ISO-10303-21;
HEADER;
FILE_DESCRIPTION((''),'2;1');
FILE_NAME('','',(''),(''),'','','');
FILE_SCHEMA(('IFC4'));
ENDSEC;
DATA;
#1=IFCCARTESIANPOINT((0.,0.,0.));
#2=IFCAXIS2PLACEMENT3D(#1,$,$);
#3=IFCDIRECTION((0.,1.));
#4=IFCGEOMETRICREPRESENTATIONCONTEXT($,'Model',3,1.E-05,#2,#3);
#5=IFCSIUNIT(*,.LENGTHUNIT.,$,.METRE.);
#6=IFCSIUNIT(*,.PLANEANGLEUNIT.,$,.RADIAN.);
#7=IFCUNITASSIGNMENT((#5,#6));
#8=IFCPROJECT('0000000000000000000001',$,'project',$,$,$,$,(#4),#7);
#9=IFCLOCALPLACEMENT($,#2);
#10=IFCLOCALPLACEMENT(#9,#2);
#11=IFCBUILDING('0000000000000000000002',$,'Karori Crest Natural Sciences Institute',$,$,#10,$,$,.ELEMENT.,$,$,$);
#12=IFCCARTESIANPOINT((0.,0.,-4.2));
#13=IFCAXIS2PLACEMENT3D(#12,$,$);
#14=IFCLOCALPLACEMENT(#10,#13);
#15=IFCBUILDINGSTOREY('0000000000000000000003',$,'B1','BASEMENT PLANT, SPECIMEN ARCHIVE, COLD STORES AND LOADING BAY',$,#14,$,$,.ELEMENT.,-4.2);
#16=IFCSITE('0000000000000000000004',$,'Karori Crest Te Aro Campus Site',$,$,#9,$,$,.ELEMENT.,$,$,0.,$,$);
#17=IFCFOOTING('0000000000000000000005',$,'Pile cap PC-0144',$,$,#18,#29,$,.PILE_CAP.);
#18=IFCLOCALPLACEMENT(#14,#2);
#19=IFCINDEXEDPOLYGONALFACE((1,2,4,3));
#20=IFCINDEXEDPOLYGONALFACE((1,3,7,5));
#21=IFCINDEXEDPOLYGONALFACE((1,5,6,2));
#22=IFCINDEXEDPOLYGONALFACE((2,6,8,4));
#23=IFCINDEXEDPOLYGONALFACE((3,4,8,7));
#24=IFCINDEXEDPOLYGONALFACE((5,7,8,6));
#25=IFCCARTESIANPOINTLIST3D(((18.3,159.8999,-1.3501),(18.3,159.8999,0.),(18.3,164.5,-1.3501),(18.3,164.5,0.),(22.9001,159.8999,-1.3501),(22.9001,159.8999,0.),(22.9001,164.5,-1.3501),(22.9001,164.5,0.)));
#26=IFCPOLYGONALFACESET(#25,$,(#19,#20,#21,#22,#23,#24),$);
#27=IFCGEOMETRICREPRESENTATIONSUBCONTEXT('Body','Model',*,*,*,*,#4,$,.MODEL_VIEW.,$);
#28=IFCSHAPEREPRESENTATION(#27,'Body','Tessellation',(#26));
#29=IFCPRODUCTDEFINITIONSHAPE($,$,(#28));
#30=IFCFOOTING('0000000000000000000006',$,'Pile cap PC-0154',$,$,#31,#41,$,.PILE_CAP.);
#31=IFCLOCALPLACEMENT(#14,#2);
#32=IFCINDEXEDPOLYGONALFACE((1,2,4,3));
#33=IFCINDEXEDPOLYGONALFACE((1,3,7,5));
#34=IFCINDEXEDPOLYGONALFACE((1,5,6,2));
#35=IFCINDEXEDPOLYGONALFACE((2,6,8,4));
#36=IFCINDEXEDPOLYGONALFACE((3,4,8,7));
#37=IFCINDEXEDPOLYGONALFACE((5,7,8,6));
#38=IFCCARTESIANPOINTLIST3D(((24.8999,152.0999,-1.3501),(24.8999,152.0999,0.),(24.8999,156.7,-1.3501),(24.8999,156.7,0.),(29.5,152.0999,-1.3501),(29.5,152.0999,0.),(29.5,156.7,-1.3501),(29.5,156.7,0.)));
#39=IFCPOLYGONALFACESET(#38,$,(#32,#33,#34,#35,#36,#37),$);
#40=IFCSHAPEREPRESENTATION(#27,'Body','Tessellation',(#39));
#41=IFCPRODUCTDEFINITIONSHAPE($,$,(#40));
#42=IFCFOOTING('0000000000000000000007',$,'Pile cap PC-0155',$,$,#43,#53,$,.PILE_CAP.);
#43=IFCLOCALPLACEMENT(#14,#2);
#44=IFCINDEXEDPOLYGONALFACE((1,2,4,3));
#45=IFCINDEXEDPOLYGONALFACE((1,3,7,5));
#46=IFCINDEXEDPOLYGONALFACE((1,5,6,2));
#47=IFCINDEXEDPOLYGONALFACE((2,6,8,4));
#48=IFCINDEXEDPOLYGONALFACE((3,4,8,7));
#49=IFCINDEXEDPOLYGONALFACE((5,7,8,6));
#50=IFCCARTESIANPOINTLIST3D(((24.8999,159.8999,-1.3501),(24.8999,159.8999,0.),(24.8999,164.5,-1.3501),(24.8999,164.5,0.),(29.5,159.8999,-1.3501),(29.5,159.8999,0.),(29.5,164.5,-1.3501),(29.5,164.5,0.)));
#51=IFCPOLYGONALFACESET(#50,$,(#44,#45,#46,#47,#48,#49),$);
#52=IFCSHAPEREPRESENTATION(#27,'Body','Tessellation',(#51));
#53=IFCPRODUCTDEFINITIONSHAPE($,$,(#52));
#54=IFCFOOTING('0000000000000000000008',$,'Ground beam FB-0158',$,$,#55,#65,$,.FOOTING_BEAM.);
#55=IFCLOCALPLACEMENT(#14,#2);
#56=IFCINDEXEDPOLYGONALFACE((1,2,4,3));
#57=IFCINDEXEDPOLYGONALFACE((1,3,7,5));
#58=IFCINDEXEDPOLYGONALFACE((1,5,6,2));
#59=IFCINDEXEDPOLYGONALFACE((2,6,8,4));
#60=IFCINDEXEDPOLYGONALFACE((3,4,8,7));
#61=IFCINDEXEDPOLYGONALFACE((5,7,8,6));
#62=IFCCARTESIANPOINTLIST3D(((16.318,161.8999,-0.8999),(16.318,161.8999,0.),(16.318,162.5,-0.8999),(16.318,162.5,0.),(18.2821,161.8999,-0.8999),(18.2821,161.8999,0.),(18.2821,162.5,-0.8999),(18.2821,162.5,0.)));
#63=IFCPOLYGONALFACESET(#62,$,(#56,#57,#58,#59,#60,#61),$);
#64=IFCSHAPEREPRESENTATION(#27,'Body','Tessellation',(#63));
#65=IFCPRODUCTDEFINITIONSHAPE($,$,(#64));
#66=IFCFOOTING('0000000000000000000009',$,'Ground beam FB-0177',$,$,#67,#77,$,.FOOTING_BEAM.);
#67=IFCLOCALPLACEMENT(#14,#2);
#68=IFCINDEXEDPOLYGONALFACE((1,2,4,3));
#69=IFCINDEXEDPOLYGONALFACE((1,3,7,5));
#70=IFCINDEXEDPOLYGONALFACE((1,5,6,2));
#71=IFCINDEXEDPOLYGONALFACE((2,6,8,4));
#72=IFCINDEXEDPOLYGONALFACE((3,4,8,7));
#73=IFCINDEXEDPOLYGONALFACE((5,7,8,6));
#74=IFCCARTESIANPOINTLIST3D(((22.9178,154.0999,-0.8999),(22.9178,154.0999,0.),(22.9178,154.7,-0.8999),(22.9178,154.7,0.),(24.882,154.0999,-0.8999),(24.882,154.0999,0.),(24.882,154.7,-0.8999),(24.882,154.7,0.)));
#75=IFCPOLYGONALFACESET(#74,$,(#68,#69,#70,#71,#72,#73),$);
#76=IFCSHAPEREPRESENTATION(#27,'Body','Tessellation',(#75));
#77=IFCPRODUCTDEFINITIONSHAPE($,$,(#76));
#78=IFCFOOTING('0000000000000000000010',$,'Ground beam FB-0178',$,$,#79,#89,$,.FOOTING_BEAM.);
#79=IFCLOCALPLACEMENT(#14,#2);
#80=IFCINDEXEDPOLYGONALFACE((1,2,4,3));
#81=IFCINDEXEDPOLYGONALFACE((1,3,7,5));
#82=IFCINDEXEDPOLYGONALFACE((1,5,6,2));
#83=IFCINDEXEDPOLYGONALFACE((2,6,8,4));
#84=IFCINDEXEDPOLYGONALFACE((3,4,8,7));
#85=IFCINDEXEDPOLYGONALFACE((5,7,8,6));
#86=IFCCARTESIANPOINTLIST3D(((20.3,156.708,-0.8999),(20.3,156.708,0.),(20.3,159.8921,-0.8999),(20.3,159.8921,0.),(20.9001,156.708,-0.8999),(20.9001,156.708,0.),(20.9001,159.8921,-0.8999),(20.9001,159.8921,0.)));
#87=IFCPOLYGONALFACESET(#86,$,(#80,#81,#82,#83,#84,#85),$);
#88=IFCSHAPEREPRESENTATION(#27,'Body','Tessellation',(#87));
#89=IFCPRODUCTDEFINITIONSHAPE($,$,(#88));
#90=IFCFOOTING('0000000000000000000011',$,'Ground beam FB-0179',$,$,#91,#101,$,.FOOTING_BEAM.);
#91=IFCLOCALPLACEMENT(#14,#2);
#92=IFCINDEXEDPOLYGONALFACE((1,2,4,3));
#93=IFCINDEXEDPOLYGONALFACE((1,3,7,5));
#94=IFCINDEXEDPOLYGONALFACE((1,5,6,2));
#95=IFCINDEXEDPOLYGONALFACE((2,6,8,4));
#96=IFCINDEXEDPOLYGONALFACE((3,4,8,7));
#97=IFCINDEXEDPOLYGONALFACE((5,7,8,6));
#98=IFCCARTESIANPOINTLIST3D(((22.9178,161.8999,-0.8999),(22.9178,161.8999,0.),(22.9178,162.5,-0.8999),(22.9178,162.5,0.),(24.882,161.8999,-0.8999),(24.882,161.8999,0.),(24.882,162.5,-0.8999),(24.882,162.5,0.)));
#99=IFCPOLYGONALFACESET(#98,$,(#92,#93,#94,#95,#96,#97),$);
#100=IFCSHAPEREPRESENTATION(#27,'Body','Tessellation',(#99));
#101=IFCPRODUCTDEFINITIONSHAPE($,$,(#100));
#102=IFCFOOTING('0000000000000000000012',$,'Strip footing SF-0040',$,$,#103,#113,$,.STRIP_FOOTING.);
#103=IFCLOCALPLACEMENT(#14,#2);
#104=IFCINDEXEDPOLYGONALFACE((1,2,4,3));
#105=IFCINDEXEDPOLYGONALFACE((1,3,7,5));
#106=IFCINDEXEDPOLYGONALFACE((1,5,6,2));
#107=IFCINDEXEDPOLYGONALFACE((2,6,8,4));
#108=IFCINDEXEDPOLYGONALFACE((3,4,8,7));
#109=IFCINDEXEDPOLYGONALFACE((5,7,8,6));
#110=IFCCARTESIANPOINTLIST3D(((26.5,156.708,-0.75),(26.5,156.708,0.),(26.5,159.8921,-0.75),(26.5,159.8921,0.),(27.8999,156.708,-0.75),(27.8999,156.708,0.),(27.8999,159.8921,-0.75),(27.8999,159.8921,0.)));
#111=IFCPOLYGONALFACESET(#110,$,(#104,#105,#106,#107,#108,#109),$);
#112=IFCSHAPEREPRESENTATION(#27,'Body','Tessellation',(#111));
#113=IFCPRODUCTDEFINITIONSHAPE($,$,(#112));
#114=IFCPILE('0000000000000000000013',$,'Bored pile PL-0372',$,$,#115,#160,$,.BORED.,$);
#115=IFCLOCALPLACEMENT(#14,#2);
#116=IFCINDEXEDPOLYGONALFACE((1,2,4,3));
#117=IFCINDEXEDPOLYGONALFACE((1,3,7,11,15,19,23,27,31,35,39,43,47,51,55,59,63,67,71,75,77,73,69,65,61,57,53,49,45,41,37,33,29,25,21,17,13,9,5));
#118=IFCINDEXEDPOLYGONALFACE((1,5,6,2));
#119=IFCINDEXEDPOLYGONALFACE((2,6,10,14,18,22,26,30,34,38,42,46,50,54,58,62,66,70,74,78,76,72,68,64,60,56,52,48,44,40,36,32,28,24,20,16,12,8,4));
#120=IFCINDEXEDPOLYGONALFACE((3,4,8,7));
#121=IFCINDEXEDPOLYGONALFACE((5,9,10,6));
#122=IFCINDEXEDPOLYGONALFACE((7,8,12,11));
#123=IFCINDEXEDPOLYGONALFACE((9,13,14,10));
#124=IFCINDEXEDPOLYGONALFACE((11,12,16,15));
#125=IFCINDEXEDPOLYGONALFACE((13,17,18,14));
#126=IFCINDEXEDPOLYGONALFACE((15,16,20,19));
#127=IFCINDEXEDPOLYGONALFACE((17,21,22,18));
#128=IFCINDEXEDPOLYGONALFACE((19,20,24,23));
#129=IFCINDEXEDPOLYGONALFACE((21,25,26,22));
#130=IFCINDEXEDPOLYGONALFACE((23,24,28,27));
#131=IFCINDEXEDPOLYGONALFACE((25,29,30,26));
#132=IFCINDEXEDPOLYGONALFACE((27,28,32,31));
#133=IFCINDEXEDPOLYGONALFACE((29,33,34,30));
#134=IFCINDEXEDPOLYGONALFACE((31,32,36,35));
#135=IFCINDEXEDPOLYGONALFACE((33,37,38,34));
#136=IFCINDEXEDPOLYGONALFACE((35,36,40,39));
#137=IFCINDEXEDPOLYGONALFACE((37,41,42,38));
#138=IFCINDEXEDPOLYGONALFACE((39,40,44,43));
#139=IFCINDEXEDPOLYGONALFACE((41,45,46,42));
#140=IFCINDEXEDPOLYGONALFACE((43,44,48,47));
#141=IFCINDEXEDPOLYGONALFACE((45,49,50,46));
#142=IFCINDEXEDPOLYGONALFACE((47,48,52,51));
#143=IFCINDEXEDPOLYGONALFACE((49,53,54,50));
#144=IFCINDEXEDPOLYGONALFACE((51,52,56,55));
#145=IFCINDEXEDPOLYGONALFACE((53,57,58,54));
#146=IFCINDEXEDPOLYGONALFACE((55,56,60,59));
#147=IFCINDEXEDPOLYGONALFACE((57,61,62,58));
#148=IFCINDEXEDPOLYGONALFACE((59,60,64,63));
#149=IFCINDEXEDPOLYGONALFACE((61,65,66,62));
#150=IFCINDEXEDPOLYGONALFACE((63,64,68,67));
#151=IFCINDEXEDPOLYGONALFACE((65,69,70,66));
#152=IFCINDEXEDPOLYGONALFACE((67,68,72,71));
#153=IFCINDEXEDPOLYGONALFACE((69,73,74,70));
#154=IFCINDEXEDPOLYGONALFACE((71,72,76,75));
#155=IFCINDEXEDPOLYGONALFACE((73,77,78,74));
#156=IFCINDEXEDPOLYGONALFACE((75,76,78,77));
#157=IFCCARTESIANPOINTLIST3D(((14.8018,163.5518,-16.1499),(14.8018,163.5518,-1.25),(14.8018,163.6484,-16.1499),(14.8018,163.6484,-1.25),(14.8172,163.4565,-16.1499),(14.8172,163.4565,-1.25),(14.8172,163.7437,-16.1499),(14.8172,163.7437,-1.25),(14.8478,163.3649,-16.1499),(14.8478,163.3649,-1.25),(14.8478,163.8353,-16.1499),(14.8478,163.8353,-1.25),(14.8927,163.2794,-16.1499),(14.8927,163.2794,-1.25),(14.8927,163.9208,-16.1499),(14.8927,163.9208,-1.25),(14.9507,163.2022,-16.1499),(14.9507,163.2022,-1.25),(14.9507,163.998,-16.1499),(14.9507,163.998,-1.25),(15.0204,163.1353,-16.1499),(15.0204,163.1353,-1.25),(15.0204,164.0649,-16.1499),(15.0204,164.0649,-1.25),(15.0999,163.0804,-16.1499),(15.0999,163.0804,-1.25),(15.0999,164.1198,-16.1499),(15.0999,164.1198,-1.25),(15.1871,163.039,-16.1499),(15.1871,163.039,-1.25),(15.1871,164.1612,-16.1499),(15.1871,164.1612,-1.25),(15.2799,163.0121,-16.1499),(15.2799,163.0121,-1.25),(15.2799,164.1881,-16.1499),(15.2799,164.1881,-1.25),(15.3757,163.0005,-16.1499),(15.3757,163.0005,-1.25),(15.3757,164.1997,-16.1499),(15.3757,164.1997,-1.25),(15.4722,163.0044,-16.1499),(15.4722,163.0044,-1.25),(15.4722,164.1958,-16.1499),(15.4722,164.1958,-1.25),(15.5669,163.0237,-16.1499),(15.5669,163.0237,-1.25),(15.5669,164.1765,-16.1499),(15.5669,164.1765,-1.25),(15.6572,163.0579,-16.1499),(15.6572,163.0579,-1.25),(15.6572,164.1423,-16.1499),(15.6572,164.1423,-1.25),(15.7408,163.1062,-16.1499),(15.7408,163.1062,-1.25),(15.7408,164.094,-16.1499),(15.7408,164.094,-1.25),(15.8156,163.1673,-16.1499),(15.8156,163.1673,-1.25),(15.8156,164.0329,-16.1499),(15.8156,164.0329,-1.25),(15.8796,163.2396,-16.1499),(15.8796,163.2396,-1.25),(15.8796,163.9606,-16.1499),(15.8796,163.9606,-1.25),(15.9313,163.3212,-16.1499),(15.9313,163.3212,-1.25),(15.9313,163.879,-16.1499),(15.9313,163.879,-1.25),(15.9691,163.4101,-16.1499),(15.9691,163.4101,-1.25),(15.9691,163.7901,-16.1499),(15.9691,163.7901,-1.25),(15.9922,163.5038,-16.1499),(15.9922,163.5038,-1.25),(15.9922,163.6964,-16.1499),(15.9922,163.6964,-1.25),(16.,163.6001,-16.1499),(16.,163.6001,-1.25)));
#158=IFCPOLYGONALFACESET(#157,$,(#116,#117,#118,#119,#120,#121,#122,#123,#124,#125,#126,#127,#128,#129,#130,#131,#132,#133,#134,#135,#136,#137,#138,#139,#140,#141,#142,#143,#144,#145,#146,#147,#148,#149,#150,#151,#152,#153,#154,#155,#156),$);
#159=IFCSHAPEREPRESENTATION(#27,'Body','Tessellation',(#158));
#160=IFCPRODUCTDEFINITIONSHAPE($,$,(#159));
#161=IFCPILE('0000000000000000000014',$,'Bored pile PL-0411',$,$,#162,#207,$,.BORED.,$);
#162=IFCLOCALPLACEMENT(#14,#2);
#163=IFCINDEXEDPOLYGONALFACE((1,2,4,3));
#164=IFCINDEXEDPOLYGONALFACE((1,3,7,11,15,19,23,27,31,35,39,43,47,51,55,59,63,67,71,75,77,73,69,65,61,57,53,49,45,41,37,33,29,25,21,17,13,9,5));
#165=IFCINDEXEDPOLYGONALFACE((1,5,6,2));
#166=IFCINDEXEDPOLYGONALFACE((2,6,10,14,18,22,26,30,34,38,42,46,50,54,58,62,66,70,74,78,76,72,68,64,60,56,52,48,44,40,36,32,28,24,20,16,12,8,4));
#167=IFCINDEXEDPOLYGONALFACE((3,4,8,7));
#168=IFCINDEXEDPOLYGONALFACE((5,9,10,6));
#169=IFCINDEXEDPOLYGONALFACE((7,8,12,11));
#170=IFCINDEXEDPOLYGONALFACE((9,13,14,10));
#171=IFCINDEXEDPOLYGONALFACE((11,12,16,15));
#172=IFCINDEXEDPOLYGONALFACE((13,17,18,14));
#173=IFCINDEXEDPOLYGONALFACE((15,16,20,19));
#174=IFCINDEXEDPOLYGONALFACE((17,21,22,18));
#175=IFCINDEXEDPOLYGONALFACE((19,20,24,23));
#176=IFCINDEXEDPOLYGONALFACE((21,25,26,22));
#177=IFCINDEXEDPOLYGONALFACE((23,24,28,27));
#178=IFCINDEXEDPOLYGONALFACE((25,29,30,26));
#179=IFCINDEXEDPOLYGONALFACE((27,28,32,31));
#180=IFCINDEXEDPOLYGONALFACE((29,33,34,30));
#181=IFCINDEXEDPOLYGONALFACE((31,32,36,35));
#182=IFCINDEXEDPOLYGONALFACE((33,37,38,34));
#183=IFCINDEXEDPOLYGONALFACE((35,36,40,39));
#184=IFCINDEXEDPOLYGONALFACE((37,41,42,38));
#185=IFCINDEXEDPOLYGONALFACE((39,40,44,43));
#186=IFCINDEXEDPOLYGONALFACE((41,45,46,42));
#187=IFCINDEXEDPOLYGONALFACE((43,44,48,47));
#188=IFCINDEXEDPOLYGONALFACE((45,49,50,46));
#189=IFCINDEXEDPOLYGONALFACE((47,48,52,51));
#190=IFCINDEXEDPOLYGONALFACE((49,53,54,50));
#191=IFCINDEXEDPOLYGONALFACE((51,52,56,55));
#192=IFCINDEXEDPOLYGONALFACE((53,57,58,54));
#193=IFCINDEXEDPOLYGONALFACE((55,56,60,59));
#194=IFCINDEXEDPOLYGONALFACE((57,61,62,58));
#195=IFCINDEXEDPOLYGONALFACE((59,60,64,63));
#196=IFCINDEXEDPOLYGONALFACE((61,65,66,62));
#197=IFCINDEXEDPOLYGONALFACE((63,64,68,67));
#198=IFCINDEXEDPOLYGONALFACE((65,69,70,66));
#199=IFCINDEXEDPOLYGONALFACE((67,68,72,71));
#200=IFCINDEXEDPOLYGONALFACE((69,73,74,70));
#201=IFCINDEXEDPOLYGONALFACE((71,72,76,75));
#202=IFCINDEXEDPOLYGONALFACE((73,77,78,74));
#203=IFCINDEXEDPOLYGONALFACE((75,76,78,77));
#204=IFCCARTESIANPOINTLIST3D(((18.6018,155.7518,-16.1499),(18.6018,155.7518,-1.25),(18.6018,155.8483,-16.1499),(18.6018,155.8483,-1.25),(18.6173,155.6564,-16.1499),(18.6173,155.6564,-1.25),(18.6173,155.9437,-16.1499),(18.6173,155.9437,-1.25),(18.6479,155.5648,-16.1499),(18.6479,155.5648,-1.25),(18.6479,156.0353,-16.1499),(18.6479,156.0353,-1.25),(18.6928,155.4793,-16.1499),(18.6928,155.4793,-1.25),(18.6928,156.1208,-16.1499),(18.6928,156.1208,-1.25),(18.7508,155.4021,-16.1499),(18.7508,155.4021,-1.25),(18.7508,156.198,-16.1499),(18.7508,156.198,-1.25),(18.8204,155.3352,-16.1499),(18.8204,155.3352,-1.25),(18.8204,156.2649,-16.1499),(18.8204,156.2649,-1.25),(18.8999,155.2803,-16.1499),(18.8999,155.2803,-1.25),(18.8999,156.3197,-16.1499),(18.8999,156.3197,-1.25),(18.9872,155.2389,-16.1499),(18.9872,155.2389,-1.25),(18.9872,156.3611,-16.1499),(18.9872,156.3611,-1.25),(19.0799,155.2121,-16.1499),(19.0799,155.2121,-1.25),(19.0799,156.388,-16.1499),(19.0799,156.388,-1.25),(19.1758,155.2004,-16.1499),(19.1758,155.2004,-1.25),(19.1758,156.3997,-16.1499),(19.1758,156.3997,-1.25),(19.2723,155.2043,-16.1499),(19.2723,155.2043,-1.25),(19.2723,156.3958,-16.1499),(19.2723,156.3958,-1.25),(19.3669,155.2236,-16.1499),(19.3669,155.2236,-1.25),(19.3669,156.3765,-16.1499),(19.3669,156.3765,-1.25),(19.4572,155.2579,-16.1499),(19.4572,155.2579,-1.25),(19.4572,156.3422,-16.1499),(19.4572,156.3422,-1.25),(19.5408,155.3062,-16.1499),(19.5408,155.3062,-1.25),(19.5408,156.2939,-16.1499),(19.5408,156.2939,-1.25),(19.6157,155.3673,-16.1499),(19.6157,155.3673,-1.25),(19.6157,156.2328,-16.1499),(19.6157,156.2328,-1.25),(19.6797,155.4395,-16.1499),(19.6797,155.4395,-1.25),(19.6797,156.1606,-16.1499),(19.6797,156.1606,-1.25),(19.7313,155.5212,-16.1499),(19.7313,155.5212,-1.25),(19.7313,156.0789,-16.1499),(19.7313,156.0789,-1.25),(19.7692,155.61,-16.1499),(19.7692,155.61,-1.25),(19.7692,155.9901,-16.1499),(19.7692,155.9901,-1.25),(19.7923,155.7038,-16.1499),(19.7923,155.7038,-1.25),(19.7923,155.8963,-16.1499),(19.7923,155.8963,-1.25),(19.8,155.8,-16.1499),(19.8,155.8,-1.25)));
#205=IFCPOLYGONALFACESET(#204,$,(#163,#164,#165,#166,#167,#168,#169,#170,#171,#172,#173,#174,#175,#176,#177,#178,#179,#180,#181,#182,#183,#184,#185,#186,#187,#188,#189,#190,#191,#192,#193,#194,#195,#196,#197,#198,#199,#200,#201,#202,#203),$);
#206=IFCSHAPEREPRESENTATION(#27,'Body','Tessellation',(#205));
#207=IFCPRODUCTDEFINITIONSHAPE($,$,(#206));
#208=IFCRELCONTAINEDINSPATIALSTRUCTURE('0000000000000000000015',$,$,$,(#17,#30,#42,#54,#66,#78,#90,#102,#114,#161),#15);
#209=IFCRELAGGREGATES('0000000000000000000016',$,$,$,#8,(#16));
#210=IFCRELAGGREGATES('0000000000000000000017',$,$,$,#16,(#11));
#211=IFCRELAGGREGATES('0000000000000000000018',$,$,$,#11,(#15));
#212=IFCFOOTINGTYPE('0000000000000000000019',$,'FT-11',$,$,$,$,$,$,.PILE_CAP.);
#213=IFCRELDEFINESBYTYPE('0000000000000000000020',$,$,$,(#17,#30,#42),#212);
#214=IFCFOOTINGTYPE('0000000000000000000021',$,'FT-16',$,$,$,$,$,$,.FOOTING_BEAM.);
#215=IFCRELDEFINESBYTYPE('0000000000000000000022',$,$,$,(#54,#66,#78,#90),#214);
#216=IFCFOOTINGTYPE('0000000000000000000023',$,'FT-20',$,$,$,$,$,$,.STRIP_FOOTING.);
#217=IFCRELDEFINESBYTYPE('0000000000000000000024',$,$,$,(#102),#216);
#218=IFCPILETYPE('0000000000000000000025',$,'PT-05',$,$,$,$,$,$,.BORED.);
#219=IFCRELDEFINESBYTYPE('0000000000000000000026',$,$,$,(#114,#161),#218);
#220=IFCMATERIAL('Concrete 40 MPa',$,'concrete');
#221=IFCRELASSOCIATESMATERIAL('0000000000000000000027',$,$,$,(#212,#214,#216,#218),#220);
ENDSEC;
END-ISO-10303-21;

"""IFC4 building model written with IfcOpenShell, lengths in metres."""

from ifc_helpers import new_model, si_unit, direction, frame, origin, origin_2d, place, context, subcontext, project, spatial, rectangle, circle, extrude, material, material_profile, profile_set, type_object, element, save


model = new_model("IFC4")

# Units and contexts
model_context = context("Model", 3, precision=1e-05, world=origin(), true_north=direction((0.0, 1.0)))
body_context = subcontext(model_context, "Body", "Model", "MODEL_VIEW")
ifc_project = project(units=[si_unit("LENGTHUNIT", "METRE"), si_unit("PLANEANGLEUNIT", "RADIAN")], contexts=[model_context])

# Site, building, storey
site_placement = place(None, origin())
site = spatial("IfcSite", under=ifc_project, at=site_placement, Name="Karori Crest Te Aro Campus Site", CompositionType="ELEMENT", RefElevation=0.0)
building_placement = place(site_placement, origin())
building = spatial("IfcBuilding", under=site, at=building_placement, Name="Karori Crest Natural Sciences Institute", CompositionType="ELEMENT")
storey_placement = place(building_placement, frame((0.0, 0.0, -4.2)))
storey = spatial("IfcBuildingStorey", under=building, at=storey_placement, Name="B1", Description="BASEMENT PLANT, SPECIMEN ARCHIVE, COLD STORES AND LOADING BAY", CompositionType="ELEMENT", Elevation=-4.2)

# Footings
ifc_material_1 = material(Name="Concrete 40 MPa", Category="concrete")
footing_type_1 = type_object("IfcFootingType", Name="FT-11", PredefinedType="PILE_CAP", material=ifc_material_1)
for number, where, z_axis, x_axis, name in (
    (1, (20.6001, 162.2, -1.3501), (0.0, 0.0, 1.0), (1.0, 0.0, 0.0), "Pile cap PC-0144"),
    (2, (27.2, 154.3999, -1.3501), (0.0, 0.0, 1.0), (1.0, 0.0, 0.0), "Pile cap PC-0154"),
    (3, (27.2, 162.2, -1.3501), (0.0, 0.0, 1.0), (1.0, 0.0, 0.0), "Pile cap PC-0155"),
):
    element("IfcFooting", number, at=place(storey_placement, frame(where, z_axis=z_axis, x_axis=x_axis)), inside=storey, type_object=footing_type_1, Name=name, PredefinedType="PILE_CAP", context=body_context, shape_type="SweptSolid", body=[
        extrude(rectangle(XDim=4.6001, YDim=4.6001, at=origin_2d()), origin(), (0.0, 0.0, 1.0), 1.3501),
    ])
footing_type_2 = type_object("IfcFootingType", Name="FT-16", PredefinedType="FOOTING_BEAM", material=ifc_material_1)
for number, where, z_axis, x_axis, name in (
    (4, (17.3, 162.2, -0.8999), (0.0, 0.0, 1.0), (1.0, 0.0, 0.0), "Ground beam FB-0158"),
    (5, (23.8999, 154.3999, -0.8999), (0.0, 0.0, 1.0), (1.0, 0.0, 0.0), "Ground beam FB-0177"),
):
    element("IfcFooting", number, at=place(storey_placement, frame(where, z_axis=z_axis, x_axis=x_axis)), inside=storey, type_object=footing_type_2, Name=name, PredefinedType="FOOTING_BEAM", context=body_context, shape_type="SweptSolid", body=[
        extrude(rectangle(XDim=1.9641, YDim=0.6001, at=origin_2d()), origin(), (0.0, 0.0, 1.0), 0.8999),
    ])
footing_1_placement = place(storey_placement, frame((20.6001, 158.3, -0.8999), z_axis=(0.0, 0.0, 1.0), x_axis=(0.0, 1.0, 0.0)))
element("IfcFooting", 6, at=footing_1_placement, inside=storey, type_object=footing_type_2, Name="Ground beam FB-0178", PredefinedType="FOOTING_BEAM", context=body_context, shape_type="SweptSolid", body=[
    extrude(rectangle(XDim=3.1841, YDim=0.6001, at=origin_2d()), origin(), (0.0, 0.0, 1.0), 0.8999),
])
footing_2_placement = place(storey_placement, frame((23.8999, 162.2, -0.8999), z_axis=(0.0, 0.0, 1.0), x_axis=(1.0, 0.0, 0.0)))
element("IfcFooting", 7, at=footing_2_placement, inside=storey, type_object=footing_type_2, Name="Ground beam FB-0179", PredefinedType="FOOTING_BEAM", context=body_context, shape_type="SweptSolid", body=[
    extrude(rectangle(XDim=1.9641, YDim=0.6001, at=origin_2d()), origin(), (0.0, 0.0, 1.0), 0.8999),
])
footing_type_3 = type_object("IfcFootingType", Name="FT-20", PredefinedType="STRIP_FOOTING", material=ifc_material_1)
footing_3_placement = place(storey_placement, frame((27.2, 158.3, -0.75), z_axis=(0.0, 0.0, 1.0), x_axis=(0.0, 1.0, 0.0)))
element("IfcFooting", 8, at=footing_3_placement, inside=storey, type_object=footing_type_3, Name="Strip footing SF-0040", PredefinedType="STRIP_FOOTING", context=body_context, shape_type="SweptSolid", body=[
    extrude(rectangle(XDim=3.1841, YDim=1.3999, at=origin_2d()), origin(), (0.0, 0.0, 1.0), 0.75),
])

# Piles
ifc_material_profile_1 = material_profile(ifc_material_1, circle(Radius=0.6001, at=origin_2d()), Name="PILE1200")
ifc_profile_set_1 = profile_set([ifc_material_profile_1], Name="Concrete 40 MPa")
pile_type = type_object("IfcPileType", Name="PT-05", PredefinedType="BORED", material=ifc_profile_set_1)
for number, where, z_axis, x_axis, name in (
    (9, (15.3999, 163.6001, -1.25), (0.0, 0.0, -1.0), (1.0, 0.0, 0.0), "Bored pile PL-0372"),
    (10, (19.2, 155.8, -1.25), (0.0, 0.0, -1.0), (1.0, 0.0, 0.0), "Bored pile PL-0411"),
):
    element("IfcPile", number, at=place(storey_placement, frame(where, z_axis=z_axis, x_axis=x_axis)), inside=storey, type_object=pile_type, Name=name, PredefinedType="BORED", context=body_context, shape_type="SweptSolid", body=[
        extrude(circle(Radius=0.6001, at=origin_2d()), origin(), (0.0, 0.0, 1.0), 14.8999),
    ])

save(model, "model.ifc")
